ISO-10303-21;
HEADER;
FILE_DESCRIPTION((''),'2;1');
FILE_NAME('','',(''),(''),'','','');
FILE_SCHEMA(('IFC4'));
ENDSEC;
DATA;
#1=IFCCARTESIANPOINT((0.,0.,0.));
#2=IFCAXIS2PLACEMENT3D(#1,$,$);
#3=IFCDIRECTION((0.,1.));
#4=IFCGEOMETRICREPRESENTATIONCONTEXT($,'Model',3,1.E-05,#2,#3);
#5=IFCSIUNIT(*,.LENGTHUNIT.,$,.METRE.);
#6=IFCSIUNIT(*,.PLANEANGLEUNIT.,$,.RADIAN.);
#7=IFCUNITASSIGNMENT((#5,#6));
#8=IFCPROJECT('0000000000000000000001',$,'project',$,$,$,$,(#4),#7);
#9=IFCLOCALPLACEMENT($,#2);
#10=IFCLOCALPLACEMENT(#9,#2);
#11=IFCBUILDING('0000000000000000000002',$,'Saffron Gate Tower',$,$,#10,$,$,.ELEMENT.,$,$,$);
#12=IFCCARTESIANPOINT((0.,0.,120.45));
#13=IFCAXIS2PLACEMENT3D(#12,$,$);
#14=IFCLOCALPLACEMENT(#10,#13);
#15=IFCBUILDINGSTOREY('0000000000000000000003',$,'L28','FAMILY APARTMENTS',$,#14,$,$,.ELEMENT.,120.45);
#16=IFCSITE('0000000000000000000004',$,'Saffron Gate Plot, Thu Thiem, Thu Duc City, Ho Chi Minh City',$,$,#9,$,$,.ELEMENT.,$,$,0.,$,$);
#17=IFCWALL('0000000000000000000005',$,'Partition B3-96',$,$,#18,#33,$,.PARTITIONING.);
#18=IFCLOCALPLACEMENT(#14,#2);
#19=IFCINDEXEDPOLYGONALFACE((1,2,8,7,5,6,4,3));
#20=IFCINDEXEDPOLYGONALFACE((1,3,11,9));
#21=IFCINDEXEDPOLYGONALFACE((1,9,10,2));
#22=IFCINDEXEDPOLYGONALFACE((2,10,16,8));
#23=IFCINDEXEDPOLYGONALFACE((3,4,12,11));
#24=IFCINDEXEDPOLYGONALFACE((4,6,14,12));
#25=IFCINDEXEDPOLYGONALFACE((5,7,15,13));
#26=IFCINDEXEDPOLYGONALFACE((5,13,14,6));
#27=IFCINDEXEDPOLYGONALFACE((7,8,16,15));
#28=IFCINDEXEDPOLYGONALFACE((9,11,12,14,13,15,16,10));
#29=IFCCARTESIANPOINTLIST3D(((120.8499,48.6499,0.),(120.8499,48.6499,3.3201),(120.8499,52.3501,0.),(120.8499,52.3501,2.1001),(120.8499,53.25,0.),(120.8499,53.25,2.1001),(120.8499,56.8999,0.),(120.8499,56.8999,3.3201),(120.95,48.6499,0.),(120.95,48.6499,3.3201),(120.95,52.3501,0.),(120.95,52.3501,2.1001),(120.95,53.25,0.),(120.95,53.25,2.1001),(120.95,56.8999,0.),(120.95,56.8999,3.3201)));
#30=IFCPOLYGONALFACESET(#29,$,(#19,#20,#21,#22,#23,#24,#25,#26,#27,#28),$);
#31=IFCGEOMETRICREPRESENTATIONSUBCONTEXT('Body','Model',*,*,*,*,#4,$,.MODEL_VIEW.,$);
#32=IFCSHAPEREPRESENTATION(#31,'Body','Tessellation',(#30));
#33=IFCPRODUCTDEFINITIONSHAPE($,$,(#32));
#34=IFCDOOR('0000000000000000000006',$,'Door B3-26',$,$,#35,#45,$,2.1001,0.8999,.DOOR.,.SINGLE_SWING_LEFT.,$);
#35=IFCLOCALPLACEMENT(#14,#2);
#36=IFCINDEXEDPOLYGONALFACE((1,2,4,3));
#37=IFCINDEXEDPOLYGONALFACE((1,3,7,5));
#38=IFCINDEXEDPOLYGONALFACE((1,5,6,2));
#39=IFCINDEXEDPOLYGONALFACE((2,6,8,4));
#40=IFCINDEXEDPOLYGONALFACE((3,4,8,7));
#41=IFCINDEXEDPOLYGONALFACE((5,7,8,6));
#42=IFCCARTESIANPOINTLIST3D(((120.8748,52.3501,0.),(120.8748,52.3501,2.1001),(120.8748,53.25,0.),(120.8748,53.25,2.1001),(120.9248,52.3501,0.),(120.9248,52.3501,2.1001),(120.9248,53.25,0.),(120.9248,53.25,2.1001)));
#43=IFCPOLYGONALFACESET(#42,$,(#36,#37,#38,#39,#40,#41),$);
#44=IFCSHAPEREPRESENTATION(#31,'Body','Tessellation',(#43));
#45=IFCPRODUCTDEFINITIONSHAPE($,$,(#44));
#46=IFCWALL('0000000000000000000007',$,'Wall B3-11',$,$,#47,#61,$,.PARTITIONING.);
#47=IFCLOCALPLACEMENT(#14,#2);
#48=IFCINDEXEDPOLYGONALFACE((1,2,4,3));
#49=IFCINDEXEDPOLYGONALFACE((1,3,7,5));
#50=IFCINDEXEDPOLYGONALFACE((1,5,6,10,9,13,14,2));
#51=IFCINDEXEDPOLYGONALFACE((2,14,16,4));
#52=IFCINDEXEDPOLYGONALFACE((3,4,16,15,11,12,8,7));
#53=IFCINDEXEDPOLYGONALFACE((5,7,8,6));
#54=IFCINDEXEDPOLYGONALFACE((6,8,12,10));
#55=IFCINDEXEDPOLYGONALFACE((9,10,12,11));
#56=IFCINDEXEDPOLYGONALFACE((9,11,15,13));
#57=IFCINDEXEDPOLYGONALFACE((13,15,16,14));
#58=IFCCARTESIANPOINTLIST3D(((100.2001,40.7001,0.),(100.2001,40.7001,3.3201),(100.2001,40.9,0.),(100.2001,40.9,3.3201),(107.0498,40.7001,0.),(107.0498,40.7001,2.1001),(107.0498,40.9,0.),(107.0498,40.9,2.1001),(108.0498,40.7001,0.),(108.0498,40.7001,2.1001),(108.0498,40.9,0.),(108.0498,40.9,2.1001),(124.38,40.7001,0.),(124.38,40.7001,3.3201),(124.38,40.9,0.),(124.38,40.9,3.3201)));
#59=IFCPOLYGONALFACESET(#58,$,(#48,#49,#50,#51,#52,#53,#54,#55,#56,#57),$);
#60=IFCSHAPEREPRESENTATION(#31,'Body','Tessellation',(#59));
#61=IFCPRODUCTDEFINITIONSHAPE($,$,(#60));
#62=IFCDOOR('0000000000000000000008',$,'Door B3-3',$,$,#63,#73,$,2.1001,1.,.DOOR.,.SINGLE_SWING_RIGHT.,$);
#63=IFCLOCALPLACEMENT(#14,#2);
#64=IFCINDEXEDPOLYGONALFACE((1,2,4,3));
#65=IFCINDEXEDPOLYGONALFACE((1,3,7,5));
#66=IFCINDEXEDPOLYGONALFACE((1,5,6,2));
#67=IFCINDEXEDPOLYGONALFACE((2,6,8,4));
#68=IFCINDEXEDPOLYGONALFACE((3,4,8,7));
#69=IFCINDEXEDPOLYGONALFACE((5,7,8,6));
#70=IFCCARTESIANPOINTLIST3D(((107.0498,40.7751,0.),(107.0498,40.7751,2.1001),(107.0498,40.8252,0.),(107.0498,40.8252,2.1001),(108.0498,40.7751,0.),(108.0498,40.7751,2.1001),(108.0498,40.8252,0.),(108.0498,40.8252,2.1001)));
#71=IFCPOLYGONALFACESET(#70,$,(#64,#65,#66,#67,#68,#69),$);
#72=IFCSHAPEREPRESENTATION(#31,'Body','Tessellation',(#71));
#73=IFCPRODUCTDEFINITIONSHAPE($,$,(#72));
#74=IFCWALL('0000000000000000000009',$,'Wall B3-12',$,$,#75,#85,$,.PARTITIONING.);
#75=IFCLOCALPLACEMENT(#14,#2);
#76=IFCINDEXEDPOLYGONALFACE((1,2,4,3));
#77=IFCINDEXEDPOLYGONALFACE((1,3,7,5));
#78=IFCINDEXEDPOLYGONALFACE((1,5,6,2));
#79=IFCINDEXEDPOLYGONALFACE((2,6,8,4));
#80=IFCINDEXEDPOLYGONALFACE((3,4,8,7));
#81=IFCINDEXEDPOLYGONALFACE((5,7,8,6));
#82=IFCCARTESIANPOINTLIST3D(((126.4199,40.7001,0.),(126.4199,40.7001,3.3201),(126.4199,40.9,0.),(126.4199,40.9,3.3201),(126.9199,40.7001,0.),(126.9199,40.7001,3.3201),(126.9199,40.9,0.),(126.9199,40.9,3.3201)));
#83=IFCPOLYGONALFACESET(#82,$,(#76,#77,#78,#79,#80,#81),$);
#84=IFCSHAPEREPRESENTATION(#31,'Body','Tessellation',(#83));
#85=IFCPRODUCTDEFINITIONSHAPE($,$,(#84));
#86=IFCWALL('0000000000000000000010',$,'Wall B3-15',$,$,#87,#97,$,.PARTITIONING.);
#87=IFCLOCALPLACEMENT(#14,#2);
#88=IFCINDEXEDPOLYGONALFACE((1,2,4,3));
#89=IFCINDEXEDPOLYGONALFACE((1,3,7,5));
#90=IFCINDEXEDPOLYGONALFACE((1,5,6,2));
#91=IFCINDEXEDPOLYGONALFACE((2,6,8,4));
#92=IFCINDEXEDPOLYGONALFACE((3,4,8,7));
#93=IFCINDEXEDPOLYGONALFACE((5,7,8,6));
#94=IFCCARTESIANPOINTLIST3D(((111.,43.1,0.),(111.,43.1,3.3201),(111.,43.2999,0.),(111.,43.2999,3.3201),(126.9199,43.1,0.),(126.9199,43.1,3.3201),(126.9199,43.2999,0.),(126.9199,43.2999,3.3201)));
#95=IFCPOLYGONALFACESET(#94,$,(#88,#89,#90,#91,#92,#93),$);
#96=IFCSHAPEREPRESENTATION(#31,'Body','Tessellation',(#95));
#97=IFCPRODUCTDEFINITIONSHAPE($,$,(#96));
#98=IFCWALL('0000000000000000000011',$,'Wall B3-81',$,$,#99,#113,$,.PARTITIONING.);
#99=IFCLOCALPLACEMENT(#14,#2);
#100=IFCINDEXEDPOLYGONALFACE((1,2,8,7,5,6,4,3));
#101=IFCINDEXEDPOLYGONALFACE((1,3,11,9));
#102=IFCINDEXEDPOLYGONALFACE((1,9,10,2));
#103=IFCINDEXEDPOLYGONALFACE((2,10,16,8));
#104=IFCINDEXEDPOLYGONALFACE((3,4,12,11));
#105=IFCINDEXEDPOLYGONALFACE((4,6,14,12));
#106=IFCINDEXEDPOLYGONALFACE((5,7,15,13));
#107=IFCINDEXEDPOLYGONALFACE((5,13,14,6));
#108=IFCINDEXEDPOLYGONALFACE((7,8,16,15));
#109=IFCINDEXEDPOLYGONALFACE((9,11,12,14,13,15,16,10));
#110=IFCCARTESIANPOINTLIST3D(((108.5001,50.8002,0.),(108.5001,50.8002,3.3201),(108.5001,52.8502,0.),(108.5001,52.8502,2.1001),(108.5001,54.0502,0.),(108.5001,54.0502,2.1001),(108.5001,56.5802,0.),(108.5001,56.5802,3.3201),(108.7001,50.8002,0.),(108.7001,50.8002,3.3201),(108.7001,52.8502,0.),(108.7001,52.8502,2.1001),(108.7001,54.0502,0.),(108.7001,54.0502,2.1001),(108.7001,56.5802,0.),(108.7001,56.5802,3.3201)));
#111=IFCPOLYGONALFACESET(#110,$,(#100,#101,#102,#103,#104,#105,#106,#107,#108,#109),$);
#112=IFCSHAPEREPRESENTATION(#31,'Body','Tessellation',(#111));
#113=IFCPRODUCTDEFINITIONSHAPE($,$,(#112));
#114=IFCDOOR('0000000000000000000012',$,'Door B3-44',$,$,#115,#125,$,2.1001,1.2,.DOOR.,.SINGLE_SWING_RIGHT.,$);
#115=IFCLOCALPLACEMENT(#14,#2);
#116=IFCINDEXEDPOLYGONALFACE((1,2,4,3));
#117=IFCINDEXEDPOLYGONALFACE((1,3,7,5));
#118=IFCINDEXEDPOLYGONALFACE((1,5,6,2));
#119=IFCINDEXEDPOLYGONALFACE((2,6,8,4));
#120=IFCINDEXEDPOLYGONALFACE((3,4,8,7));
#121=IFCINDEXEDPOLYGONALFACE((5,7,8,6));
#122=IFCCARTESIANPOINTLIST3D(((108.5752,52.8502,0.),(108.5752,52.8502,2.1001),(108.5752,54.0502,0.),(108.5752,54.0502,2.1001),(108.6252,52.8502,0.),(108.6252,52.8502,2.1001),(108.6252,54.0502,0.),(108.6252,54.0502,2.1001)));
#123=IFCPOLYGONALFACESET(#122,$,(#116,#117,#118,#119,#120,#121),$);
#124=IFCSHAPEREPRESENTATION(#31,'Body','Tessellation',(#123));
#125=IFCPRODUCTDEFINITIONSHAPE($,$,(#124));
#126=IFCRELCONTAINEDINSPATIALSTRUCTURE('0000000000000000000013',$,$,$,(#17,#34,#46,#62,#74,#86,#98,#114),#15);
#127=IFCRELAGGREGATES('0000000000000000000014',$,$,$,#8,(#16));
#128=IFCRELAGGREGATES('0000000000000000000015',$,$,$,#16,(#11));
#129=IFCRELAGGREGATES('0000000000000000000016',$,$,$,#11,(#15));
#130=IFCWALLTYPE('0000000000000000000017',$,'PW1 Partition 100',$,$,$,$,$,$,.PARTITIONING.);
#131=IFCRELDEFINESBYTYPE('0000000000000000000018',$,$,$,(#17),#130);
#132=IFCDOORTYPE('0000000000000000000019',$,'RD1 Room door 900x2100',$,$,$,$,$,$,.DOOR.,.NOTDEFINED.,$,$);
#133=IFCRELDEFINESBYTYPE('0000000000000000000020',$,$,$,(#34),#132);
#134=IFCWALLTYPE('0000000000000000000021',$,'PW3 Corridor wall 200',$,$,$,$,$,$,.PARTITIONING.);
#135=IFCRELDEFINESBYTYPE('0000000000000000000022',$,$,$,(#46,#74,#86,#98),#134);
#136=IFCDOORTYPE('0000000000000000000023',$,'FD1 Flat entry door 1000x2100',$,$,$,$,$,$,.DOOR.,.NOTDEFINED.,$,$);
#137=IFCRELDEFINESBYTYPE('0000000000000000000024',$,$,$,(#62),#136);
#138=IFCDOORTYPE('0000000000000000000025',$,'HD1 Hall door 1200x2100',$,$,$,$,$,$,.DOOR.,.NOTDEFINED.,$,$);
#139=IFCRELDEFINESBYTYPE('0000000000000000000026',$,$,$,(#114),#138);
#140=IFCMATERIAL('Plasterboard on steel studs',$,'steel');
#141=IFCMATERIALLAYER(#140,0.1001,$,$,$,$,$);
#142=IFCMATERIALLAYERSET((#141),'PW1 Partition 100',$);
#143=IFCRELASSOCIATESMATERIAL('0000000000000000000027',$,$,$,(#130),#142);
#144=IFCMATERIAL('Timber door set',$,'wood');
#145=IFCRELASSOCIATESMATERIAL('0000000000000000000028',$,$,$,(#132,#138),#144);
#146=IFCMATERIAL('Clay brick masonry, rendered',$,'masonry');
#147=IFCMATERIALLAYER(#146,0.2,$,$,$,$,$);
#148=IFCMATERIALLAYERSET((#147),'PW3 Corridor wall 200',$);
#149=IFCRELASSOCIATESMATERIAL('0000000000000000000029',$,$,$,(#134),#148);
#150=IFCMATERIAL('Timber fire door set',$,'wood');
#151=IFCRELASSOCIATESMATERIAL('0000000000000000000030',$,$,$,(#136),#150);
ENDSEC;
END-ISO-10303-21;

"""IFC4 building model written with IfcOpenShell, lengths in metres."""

from ifc_helpers import new_model, si_unit, direction, frame, frame_2d, origin, place, context, subcontext, project, spatial, rectangle, extrude, material, layer, layer_set, type_object, element, fill, save


model = new_model("IFC4")

# Units and contexts
model_context = context("Model", 3, precision=1e-05, world=origin(), true_north=direction((0.0, 1.0)))
body_context = subcontext(model_context, "Body", "Model", "MODEL_VIEW")
ifc_project = project(units=[si_unit("LENGTHUNIT", "METRE"), si_unit("PLANEANGLEUNIT", "RADIAN")], contexts=[model_context])

# Site, building, storey
site_placement = place(None, origin())
site = spatial("IfcSite", under=ifc_project, at=site_placement, Name="Saffron Gate Plot, Thu Thiem, Thu Duc City, Ho Chi Minh City", CompositionType="ELEMENT", RefElevation=0.0)
building_placement = place(site_placement, origin())
building = spatial("IfcBuilding", under=site, at=building_placement, Name="Saffron Gate Tower", CompositionType="ELEMENT")
storey_placement = place(building_placement, frame((0.0, 0.0, 120.45)))
storey = spatial("IfcBuildingStorey", under=building, at=storey_placement, Name="L28", Description="FAMILY APARTMENTS", CompositionType="ELEMENT", Elevation=120.45)

# Shared definitions
ifc_material_1 = material(Name="Plasterboard on steel studs", Category="steel")
ifc_layer_1 = layer(ifc_material_1, 0.1001)
ifc_layer_set_1 = layer_set([ifc_layer_1], Name="PW1 Partition 100")
wall_type_1 = type_object("IfcWallType", Name="PW1 Partition 100", PredefinedType="PARTITIONING", material=ifc_layer_set_1)
ifc_material_2 = material(Name="Timber door set", Category="wood")
door_type_1 = type_object("IfcDoorType", Name="RD1 Room door 900x2100", OperationType="NOTDEFINED", PredefinedType="DOOR", material=ifc_material_2)

# Walls, openings, doors
wall_1_placement = place(storey_placement, frame((120.8999, 56.8999, 0.0), z_axis=(0.0, 0.0, 1.0), x_axis=(0.0, -1.0, 0.0)))
wall_1 = element("IfcWall", 1, at=wall_1_placement, inside=storey, type_object=wall_type_1, Name="Partition B3-96", PredefinedType="PARTITIONING", context=body_context, shape_type="SweptSolid", body=[
    extrude(rectangle(XDim=8.25, YDim=0.1001, at=frame_2d((4.125, 0.0))), origin(), (0.0, 0.0, 1.0), 3.3201),
])
opening_1_placement = place(wall_1_placement, frame((3.6499, 0.0, 0.0)))
opening_1 = element("IfcOpeningElement", 2, at=opening_1_placement, cuts=wall_1, PredefinedType="OPENING", context=body_context, shape_type="SweptSolid", body=[
    extrude(rectangle(XDim=0.8999, YDim=2.1001, at=frame_2d((0.45, 1.05))), frame((0.0, 0.0601, 0.0), z_axis=(0.0, -1.0, 0.0), x_axis=(1.0, 0.0, 0.0)), (0.0, 0.0, 1.0), 0.1201),
])
door_1_placement = place(opening_1_placement, origin())
door_1 = element("IfcDoor", 3, at=door_1_placement, inside=storey, type_object=door_type_1, Name="Door B3-26", OperationType="SINGLE_SWING_LEFT", OverallHeight=2.1001, OverallWidth=0.8999, PredefinedType="DOOR", context=body_context, shape_type="SweptSolid", body=[
    extrude(rectangle(XDim=0.8999, YDim=2.1001, at=frame_2d((0.45, 1.05))), frame((0.0, 0.0249, 0.0), z_axis=(0.0, -1.0, 0.0), x_axis=(1.0, 0.0, 0.0)), (0.0, 0.0, 1.0), 0.05),
])
fill(opening_1, door_1)
ifc_material_3 = material(Name="Clay brick masonry, rendered", Category="masonry")
ifc_layer_2 = layer(ifc_material_3, 0.2)
ifc_layer_set_2 = layer_set([ifc_layer_2], Name="PW3 Corridor wall 200")
wall_type_2 = type_object("IfcWallType", Name="PW3 Corridor wall 200", PredefinedType="PARTITIONING", material=ifc_layer_set_2)
wall_2_placement = place(storey_placement, frame((124.3799, 40.8, 0.0), z_axis=(0.0, 0.0, 1.0), x_axis=(-1.0, 0.0, 0.0)))
wall_2 = element("IfcWall", 4, at=wall_2_placement, inside=storey, type_object=wall_type_2, Name="Wall B3-11", PredefinedType="PARTITIONING", context=body_context, shape_type="SweptSolid", body=[
    extrude(rectangle(XDim=24.1799, YDim=0.2, at=frame_2d((12.0898, 0.0))), origin(), (0.0, 0.0, 1.0), 3.3201),
])
opening_2_placement = place(wall_2_placement, frame((16.3301, 0.0, 0.0)))
opening_2 = element("IfcOpeningElement", 5, at=opening_2_placement, cuts=wall_2, PredefinedType="OPENING", context=body_context, shape_type="SweptSolid", body=[
    extrude(rectangle(XDim=1.0, YDim=2.1001, at=frame_2d((0.5, 1.05))), frame((0.0, 0.1099, 0.0), z_axis=(0.0, -1.0, 0.0), x_axis=(1.0, 0.0, 0.0)), (0.0, 0.0, 1.0), 0.22),
])
ifc_material_4 = material(Name="Timber fire door set", Category="wood")
door_type_2 = type_object("IfcDoorType", Name="FD1 Flat entry door 1000x2100", OperationType="NOTDEFINED", PredefinedType="DOOR", material=ifc_material_4)
door_2_placement = place(opening_2_placement, origin())
door_2 = element("IfcDoor", 6, at=door_2_placement, inside=storey, type_object=door_type_2, Name="Door B3-3", OperationType="SINGLE_SWING_RIGHT", OverallHeight=2.1001, OverallWidth=1.0, PredefinedType="DOOR", context=body_context, shape_type="SweptSolid", body=[
    extrude(rectangle(XDim=1.0, YDim=2.1001, at=frame_2d((0.5, 1.05))), frame((0.0, 0.0249, 0.0), z_axis=(0.0, -1.0, 0.0), x_axis=(1.0, 0.0, 0.0)), (0.0, 0.0, 1.0), 0.05),
])
fill(opening_2, door_2)

# Walls
wall_3_placement = place(storey_placement, frame((126.4199, 40.8, 0.0), z_axis=(0.0, 0.0, 1.0), x_axis=(1.0, 0.0, 0.0)))
element("IfcWall", 7, at=wall_3_placement, inside=storey, type_object=wall_type_2, Name="Wall B3-12", PredefinedType="PARTITIONING", context=body_context, shape_type="SweptSolid", body=[
    extrude(rectangle(XDim=0.5, YDim=0.2, at=frame_2d((0.25, 0.0))), origin(), (0.0, 0.0, 1.0), 3.3201),
])
wall_4_placement = place(storey_placement, frame((111.0, 43.2, 0.0), z_axis=(0.0, 0.0, 1.0), x_axis=(1.0, 0.0, 0.0)))
element("IfcWall", 8, at=wall_4_placement, inside=storey, type_object=wall_type_2, Name="Wall B3-15", PredefinedType="PARTITIONING", context=body_context, shape_type="SweptSolid", body=[
    extrude(rectangle(XDim=15.9199, YDim=0.2, at=frame_2d((7.96, 0.0))), origin(), (0.0, 0.0, 1.0), 3.3201),
])

# Wall, opening, door
wall_5_placement = place(storey_placement, frame((108.6001, 50.8, 0.0), z_axis=(0.0, 0.0, 1.0), x_axis=(0.0, 1.0, 0.0)))
wall_5 = element("IfcWall", 9, at=wall_5_placement, inside=storey, type_object=wall_type_2, Name="Wall B3-81", PredefinedType="PARTITIONING", context=body_context, shape_type="SweptSolid", body=[
    extrude(rectangle(XDim=5.78, YDim=0.2, at=frame_2d((2.8901, 0.0))), origin(), (0.0, 0.0, 1.0), 3.3201),
])
opening_3_placement = place(wall_5_placement, frame((2.05, 0.0, 0.0)))
opening_3 = element("IfcOpeningElement", 10, at=opening_3_placement, cuts=wall_5, PredefinedType="OPENING", context=body_context, shape_type="SweptSolid", body=[
    extrude(rectangle(XDim=1.2, YDim=2.1001, at=frame_2d((0.6001, 1.05))), frame((0.0, 0.1099, 0.0), z_axis=(0.0, -1.0, 0.0), x_axis=(1.0, 0.0, 0.0)), (0.0, 0.0, 1.0), 0.22),
])
door_type_3 = type_object("IfcDoorType", Name="HD1 Hall door 1200x2100", OperationType="NOTDEFINED", PredefinedType="DOOR", material=ifc_material_2)
door_3_placement = place(opening_3_placement, origin())
door_3 = element("IfcDoor", 11, at=door_3_placement, inside=storey, type_object=door_type_3, Name="Door B3-44", OperationType="SINGLE_SWING_RIGHT", OverallHeight=2.1001, OverallWidth=1.2, PredefinedType="DOOR", context=body_context, shape_type="SweptSolid", body=[
    extrude(rectangle(XDim=1.2, YDim=2.1001, at=frame_2d((0.6001, 1.05))), frame((0.0, 0.0249, 0.0), z_axis=(0.0, -1.0, 0.0), x_axis=(1.0, 0.0, 0.0)), (0.0, 0.0, 1.0), 0.05),
])
fill(opening_3, door_3)

save(model, "model.ifc")
